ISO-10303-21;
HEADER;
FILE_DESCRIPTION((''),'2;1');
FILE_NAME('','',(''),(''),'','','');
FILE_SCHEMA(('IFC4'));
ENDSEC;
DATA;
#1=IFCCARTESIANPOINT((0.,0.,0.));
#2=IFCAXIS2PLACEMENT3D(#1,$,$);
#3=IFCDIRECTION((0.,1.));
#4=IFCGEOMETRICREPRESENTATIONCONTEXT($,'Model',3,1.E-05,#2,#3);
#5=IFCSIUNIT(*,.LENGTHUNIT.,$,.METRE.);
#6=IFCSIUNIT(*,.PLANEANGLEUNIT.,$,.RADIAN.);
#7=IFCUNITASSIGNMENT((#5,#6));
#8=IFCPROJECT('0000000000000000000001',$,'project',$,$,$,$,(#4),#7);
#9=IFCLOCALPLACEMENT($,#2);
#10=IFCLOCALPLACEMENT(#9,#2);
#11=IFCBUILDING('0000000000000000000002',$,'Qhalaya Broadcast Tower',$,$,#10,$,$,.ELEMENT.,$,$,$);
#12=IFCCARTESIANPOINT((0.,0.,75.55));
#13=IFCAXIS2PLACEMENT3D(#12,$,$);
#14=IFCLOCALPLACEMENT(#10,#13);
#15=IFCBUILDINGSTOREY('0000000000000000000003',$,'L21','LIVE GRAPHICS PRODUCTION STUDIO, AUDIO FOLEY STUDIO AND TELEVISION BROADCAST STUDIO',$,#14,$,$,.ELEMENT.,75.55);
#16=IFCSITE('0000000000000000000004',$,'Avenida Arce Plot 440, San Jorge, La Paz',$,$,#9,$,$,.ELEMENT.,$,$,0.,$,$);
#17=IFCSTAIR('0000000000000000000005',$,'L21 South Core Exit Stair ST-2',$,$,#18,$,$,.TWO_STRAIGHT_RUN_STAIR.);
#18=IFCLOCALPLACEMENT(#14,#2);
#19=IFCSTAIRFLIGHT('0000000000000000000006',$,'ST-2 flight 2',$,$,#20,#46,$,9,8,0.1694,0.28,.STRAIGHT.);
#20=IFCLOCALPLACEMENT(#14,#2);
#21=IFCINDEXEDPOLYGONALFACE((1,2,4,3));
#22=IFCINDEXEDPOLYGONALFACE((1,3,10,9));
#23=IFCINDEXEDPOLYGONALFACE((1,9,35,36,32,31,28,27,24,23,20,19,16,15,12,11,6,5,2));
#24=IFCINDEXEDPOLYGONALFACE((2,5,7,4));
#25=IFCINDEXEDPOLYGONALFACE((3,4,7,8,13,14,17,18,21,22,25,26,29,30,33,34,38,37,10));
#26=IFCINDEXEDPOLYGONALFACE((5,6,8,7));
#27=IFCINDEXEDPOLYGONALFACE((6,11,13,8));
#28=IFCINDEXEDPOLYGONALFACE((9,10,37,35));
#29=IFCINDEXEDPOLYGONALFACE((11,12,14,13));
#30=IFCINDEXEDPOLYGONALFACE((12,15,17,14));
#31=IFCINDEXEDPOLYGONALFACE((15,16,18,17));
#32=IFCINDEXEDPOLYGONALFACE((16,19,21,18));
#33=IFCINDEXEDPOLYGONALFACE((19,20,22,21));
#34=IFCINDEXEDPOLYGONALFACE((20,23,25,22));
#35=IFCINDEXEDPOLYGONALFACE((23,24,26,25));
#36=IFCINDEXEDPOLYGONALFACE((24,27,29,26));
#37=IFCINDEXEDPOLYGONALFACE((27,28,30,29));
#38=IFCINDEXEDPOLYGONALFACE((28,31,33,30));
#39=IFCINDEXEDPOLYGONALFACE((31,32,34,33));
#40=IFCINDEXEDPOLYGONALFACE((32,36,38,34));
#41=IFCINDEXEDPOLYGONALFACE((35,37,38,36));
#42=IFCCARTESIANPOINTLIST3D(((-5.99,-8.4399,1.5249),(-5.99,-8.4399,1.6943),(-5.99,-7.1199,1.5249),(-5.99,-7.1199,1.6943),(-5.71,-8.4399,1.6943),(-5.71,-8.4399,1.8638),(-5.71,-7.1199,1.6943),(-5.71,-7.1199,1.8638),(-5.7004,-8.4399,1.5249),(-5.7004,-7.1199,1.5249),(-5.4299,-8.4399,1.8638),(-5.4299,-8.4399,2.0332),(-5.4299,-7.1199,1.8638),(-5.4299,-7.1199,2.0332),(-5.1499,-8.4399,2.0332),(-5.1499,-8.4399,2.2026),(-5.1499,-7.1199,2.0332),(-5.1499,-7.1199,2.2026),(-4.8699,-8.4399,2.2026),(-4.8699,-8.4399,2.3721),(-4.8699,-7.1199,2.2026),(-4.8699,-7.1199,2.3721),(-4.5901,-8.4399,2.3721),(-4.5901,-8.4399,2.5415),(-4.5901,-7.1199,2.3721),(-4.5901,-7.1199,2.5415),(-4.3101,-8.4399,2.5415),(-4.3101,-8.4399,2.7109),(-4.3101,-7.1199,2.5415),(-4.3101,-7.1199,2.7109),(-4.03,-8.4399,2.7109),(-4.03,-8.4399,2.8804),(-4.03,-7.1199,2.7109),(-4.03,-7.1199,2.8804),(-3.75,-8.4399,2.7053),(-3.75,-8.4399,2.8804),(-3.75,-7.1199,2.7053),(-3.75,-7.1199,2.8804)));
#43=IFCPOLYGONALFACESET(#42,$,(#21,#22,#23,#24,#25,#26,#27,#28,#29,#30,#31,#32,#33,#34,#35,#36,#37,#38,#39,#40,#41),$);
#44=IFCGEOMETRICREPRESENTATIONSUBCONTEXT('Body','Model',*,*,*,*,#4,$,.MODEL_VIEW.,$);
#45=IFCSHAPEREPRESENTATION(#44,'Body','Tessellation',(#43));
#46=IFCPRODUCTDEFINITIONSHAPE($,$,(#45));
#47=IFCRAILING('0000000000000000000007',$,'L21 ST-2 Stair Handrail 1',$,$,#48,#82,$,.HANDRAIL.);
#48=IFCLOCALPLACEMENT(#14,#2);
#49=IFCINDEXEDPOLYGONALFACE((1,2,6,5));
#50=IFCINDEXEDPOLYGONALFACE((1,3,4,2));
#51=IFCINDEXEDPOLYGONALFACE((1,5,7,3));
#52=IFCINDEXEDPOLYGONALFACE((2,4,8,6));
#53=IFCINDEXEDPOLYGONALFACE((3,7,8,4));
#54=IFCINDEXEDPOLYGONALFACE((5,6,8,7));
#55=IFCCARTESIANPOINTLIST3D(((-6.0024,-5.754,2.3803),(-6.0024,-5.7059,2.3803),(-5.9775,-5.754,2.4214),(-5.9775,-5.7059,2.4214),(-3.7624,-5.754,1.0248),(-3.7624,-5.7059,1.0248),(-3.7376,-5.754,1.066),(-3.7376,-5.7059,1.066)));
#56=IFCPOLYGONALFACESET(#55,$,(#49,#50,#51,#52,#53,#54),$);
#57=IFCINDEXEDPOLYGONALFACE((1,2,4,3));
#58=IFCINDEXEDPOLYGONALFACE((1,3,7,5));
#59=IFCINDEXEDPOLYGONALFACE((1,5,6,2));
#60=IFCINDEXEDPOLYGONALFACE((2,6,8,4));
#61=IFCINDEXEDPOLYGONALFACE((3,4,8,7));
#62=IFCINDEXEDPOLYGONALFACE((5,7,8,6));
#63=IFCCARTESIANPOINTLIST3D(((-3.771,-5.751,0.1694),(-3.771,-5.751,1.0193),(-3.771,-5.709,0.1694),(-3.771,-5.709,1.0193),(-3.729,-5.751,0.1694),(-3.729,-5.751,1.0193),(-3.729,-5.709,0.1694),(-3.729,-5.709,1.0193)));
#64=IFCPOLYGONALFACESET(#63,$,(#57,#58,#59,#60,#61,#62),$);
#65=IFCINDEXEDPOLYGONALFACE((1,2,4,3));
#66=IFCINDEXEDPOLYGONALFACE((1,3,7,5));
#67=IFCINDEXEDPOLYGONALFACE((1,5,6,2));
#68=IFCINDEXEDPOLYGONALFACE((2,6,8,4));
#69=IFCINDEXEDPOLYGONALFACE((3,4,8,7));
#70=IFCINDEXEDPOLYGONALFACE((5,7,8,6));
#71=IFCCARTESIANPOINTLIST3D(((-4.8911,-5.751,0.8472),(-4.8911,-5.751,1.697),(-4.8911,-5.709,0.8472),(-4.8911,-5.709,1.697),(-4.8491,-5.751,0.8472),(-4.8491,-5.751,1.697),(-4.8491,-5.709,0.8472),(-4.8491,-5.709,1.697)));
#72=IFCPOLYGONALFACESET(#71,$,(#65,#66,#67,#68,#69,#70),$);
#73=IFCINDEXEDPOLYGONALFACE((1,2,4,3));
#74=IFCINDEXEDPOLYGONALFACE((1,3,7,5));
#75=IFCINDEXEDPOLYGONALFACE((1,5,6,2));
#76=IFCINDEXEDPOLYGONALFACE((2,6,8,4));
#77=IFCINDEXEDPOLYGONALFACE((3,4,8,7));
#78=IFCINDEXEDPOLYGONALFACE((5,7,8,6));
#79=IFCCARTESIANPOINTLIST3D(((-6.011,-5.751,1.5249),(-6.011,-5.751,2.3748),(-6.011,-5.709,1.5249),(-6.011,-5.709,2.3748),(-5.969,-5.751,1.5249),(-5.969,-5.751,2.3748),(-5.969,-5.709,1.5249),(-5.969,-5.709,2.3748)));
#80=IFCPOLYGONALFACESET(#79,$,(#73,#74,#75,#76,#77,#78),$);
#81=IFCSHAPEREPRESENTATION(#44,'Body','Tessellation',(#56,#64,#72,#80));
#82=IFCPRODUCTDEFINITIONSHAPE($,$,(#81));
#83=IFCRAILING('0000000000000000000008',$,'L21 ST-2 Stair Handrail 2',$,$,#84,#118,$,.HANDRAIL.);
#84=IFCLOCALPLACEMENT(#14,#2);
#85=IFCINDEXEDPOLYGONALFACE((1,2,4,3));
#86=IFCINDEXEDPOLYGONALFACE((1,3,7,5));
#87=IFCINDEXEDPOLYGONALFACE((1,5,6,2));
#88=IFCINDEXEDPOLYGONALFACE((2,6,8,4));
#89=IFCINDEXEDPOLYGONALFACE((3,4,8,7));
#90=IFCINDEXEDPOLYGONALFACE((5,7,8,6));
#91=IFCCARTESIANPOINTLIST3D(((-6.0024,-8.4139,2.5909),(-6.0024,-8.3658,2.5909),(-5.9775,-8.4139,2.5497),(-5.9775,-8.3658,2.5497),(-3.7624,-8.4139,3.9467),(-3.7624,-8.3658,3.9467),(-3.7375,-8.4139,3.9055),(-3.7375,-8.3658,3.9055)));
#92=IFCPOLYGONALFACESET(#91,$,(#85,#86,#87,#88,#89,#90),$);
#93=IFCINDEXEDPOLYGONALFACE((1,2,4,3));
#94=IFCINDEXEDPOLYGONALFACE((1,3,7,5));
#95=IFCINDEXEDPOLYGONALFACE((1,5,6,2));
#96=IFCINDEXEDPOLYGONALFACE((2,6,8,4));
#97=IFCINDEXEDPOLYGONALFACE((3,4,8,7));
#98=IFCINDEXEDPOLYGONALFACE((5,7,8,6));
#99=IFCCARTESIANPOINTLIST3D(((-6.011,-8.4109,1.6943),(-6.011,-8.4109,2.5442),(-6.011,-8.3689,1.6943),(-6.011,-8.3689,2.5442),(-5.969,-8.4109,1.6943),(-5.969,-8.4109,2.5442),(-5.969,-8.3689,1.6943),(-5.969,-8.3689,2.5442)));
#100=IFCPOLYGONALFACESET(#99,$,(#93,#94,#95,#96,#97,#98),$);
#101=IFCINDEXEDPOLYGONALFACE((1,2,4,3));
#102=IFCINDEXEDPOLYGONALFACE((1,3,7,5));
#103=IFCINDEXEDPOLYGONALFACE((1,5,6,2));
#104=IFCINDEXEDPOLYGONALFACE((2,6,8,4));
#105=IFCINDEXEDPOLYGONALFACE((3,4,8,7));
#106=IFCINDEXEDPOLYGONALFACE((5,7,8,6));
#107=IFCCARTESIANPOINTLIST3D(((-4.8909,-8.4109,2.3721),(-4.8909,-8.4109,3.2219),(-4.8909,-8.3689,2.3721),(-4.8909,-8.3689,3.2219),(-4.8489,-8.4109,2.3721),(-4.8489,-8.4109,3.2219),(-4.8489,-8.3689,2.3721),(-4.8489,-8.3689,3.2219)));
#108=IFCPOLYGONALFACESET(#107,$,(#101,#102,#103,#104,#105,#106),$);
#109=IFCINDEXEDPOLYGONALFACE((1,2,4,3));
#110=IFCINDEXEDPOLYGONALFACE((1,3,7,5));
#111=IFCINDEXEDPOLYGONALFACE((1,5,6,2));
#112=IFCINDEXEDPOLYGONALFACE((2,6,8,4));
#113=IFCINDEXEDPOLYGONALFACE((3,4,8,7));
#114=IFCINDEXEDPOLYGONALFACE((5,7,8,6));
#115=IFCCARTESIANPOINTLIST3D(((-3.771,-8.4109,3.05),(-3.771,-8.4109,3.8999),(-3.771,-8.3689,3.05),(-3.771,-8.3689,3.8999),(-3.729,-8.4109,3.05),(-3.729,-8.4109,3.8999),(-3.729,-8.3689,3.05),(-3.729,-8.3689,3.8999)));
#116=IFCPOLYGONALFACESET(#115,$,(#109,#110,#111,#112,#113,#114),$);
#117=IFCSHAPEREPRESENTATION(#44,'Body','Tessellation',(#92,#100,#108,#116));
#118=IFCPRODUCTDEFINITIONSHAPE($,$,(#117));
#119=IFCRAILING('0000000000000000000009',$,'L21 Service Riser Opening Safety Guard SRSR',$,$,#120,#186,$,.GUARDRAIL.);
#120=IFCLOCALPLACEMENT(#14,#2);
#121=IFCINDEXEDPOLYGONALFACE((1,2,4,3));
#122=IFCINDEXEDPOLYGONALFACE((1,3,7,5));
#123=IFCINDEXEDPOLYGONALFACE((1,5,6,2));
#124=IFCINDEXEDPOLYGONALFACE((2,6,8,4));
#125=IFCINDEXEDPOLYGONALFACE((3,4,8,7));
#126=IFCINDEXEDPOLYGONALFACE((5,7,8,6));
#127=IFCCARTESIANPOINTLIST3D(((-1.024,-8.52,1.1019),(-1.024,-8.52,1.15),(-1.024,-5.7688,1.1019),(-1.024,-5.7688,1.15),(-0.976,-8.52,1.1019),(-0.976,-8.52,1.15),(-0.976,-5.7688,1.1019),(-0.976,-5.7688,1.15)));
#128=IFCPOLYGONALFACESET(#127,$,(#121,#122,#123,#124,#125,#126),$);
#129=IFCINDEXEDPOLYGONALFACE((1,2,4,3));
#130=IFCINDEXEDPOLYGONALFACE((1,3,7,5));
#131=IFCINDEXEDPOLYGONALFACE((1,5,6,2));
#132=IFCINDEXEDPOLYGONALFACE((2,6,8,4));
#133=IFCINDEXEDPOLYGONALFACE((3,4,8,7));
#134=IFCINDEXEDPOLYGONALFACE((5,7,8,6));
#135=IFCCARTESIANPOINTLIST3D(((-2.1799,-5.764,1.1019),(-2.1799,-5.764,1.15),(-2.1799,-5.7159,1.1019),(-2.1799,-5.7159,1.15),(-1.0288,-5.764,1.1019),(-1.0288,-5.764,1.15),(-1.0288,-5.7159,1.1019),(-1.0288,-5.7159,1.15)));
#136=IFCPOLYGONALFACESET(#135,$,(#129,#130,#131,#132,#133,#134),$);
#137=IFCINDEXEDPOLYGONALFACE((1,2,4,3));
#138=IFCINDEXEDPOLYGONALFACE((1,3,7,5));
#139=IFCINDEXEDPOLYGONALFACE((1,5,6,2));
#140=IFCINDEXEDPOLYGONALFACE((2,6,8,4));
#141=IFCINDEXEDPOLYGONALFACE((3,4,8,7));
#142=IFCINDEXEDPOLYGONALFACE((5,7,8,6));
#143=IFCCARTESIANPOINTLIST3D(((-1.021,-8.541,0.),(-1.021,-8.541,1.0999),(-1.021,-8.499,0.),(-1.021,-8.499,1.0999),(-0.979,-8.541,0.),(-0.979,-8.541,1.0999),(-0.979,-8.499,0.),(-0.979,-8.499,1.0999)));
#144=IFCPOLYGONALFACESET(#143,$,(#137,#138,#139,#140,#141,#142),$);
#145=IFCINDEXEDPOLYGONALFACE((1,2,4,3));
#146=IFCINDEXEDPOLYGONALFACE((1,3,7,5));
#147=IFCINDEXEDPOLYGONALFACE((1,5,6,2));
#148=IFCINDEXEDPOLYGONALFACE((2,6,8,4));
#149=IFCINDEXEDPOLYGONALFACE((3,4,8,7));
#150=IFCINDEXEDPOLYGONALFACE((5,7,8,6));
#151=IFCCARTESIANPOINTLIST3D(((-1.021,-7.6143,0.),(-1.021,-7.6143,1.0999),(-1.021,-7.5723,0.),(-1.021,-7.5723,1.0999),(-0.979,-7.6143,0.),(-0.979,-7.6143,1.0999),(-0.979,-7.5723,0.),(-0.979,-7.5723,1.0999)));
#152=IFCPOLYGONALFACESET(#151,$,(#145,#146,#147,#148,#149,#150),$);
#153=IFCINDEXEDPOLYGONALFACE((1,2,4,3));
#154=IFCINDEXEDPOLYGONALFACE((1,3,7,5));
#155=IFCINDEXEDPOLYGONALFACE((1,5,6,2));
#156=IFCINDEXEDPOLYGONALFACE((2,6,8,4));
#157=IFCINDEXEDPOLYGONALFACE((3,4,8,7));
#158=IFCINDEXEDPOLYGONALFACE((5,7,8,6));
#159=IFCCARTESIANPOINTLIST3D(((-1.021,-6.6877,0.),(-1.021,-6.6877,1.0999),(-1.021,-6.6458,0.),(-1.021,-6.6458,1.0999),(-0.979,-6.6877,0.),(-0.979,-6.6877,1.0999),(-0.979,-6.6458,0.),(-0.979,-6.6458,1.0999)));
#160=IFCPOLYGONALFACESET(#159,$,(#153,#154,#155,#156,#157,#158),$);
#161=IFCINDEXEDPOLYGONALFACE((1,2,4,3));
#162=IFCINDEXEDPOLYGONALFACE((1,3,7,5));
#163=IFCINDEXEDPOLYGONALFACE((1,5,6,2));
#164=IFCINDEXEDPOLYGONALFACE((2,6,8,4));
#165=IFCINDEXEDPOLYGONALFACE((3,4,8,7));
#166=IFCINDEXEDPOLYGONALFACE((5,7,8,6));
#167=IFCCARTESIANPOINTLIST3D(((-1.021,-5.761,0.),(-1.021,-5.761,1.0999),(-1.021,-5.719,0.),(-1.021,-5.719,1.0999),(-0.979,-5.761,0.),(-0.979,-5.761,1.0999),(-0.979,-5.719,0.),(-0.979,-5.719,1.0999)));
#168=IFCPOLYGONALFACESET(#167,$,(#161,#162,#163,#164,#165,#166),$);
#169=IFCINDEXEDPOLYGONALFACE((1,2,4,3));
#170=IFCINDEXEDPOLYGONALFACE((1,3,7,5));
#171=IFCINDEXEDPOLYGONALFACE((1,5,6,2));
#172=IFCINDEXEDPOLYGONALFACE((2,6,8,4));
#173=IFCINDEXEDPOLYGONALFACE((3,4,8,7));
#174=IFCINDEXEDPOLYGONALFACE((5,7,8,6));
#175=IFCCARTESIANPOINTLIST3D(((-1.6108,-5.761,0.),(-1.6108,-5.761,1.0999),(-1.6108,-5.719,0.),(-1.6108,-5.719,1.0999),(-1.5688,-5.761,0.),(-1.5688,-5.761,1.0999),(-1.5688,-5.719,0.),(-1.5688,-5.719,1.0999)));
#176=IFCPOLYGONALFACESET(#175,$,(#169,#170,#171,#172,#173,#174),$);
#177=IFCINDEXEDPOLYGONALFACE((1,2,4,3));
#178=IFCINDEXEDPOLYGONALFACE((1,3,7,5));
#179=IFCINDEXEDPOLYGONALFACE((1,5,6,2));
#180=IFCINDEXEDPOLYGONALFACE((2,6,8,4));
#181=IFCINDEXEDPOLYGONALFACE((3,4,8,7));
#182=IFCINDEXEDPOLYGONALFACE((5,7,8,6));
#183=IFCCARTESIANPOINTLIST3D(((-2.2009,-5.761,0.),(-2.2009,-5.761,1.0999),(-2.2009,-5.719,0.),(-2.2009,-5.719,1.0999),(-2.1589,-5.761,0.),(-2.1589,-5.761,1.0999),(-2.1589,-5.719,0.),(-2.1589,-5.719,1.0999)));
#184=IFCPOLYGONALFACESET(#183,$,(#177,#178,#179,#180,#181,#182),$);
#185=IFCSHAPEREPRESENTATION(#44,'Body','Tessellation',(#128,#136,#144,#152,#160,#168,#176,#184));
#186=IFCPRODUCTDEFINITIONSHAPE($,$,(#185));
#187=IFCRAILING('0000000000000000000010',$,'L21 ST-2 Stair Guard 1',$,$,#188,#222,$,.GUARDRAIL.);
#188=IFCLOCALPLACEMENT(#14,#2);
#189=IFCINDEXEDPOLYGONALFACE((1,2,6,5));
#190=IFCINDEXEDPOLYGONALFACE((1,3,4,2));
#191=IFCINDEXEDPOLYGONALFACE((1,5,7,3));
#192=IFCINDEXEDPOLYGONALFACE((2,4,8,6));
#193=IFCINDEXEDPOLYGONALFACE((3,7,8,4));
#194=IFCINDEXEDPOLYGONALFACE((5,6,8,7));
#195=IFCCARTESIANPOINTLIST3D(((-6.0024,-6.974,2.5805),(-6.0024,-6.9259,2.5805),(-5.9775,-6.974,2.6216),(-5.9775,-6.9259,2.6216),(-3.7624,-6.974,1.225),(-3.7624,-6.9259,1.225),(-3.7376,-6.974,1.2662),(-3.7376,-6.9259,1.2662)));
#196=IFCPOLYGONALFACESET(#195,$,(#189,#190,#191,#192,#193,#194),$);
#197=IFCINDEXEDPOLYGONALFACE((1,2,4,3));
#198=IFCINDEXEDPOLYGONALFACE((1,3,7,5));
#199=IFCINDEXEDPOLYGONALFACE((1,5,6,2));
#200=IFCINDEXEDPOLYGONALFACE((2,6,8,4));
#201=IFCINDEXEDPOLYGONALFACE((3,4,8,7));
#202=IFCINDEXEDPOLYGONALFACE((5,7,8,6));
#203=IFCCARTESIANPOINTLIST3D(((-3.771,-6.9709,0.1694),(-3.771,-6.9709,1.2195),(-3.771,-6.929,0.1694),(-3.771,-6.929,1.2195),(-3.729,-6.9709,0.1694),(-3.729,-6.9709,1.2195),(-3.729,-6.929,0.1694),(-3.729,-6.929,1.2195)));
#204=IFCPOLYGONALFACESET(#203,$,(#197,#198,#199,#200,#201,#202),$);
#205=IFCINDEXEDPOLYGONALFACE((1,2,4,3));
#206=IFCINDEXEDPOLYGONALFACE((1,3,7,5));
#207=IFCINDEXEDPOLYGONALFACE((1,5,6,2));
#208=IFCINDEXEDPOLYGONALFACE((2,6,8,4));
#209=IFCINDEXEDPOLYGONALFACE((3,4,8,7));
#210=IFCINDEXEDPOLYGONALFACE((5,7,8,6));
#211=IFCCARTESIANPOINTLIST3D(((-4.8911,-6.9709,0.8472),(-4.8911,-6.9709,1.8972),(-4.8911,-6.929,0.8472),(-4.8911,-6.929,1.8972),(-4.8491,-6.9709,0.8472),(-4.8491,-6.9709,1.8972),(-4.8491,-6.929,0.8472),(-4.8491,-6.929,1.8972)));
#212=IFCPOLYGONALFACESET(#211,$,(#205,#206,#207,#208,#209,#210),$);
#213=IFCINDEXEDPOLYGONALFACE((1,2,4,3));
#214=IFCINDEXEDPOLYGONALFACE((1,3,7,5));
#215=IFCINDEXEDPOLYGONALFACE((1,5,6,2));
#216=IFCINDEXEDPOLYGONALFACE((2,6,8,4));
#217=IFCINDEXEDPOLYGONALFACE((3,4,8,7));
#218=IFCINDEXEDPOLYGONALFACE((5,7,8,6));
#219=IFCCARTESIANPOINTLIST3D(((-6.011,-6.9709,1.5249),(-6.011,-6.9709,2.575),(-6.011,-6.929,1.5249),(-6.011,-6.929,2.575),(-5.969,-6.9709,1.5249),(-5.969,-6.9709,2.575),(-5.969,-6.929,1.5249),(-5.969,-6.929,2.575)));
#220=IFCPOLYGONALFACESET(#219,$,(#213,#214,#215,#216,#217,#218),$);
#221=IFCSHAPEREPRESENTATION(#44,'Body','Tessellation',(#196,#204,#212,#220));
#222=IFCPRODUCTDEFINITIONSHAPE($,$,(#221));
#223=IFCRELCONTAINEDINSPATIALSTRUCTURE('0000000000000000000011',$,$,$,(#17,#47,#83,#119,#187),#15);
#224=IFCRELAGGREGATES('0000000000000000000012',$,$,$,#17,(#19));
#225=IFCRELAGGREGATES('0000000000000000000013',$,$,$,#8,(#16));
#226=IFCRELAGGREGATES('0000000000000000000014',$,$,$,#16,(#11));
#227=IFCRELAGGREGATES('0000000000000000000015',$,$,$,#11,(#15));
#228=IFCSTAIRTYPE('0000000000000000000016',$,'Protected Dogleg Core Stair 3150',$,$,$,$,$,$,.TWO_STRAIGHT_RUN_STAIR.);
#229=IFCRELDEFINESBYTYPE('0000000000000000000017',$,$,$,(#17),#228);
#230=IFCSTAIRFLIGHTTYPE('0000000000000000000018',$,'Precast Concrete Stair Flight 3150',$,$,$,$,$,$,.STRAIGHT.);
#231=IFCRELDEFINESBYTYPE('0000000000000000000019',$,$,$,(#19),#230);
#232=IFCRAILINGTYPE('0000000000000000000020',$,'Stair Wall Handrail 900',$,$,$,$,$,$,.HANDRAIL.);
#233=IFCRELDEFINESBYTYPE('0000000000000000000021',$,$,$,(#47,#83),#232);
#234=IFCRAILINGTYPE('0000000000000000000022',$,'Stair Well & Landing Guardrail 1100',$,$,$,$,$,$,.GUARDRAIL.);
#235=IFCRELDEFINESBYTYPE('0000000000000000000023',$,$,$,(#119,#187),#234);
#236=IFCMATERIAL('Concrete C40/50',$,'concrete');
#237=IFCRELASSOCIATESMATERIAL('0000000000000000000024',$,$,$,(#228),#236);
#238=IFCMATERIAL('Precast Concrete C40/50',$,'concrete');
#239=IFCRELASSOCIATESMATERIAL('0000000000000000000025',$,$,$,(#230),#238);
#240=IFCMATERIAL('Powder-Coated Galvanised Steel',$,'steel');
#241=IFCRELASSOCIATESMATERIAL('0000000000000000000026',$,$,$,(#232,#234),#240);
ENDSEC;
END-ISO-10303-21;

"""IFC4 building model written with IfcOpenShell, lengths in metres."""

from ifc_helpers import new_model, si_unit, direction, frame, origin, origin_2d, place, context, subcontext, project, spatial, polyline, rectangle, outline, extrude, material, type_object, element, aggregate, save


model = new_model("IFC4")

# Units and contexts
model_context = context("Model", 3, precision=1e-05, world=origin(), true_north=direction((0.0, 1.0)))
body_context = subcontext(model_context, "Body", "Model", "MODEL_VIEW")
ifc_project = project(units=[si_unit("LENGTHUNIT", "METRE"), si_unit("PLANEANGLEUNIT", "RADIAN")], contexts=[model_context])

# Site, building, storey
site_placement = place(None, origin())
site = spatial("IfcSite", under=ifc_project, at=site_placement, Name="Avenida Arce Plot 440, San Jorge, La Paz", CompositionType="ELEMENT", RefElevation=0.0)
building_placement = place(site_placement, origin())
building = spatial("IfcBuilding", under=site, at=building_placement, Name="Qhalaya Broadcast Tower", CompositionType="ELEMENT")
storey_placement = place(building_placement, frame((0.0, 0.0, 75.55)))
storey = spatial("IfcBuildingStorey", under=building, at=storey_placement, Name="L21", Description="LIVE GRAPHICS PRODUCTION STUDIO, AUDIO FOLEY STUDIO AND TELEVISION BROADCAST STUDIO", CompositionType="ELEMENT", Elevation=75.55)

# Shared definitions
ifc_material_1 = material(Name="Concrete C40/50", Category="concrete")

# Stair, stair flight
stair_type = type_object("IfcStairType", Name="Protected Dogleg Core Stair 3150", PredefinedType="TWO_STRAIGHT_RUN_STAIR", material=ifc_material_1)
stair_placement = place(storey_placement, origin())
stair = element("IfcStair", 1, at=stair_placement, inside=storey, type_object=stair_type, Name="L21 South Core Exit Stair ST-2", PredefinedType="TWO_STRAIGHT_RUN_STAIR")
ifc_material_2 = material(Name="Precast Concrete C40/50", Category="concrete")
stair_flight_type = type_object("IfcStairFlightType", Name="Precast Concrete Stair Flight 3150", PredefinedType="STRAIGHT", material=ifc_material_2)
stair_flight_1_placement = place(storey_placement, frame((-5.99, -7.78, 1.5249), z_axis=(0.0, 0.0, 1.0), x_axis=(1.0, 0.0, 0.0)))
stair_flight_1 = element("IfcStairFlight", 2, at=stair_flight_1_placement, type_object=stair_flight_type, Name="ST-2 flight 2", NumberOfRisers=9, NumberOfTreads=8, PredefinedType="STRAIGHT", RiserHeight=0.1694, TreadLength=0.28, context=body_context, shape_type="SweptSolid", body=[
    extrude(outline(polyline([(0.0, 0.0), (0.0, 0.1694), (0.28, 0.1694), (0.28, 0.3389), (0.5601, 0.3389), (0.5601, 0.5083), (0.8401, 0.5083), (0.8401, 0.6777), (1.1201, 0.6777), (1.1201, 0.8472), (1.3999, 0.8472), (1.3999, 1.0166), (1.6799, 1.0166), (1.6799, 1.186), (1.96, 1.186), (1.96, 1.3555), (2.24, 1.3555), (2.24, 1.5249), (2.24, 1.1804), (0.2896, 0.0), (0.0, 0.0)])), frame((0.0, 0.6602, 0.0), z_axis=(0.0, -1.0, 0.0), x_axis=(1.0, 0.0, 0.0)), (0.0, 0.0, 1.0), 1.3201),
])
aggregate(stair, [stair_flight_1])

# Railings
ifc_material_3 = material(Name="Powder-Coated Galvanised Steel", Category="steel")
railing_type_1 = type_object("IfcRailingType", Name="Stair Wall Handrail 900", PredefinedType="HANDRAIL", material=ifc_material_3)
railing_1_placement = place(storey_placement, frame((-3.75, -5.73, 0.1694)))
element("IfcRailing", 3, at=railing_1_placement, inside=storey, type_object=railing_type_1, Name="L21 ST-2 Stair Handrail 1", PredefinedType="HANDRAIL", context=body_context, shape_type="SweptSolid", body=[
    extrude(rectangle(XDim=0.0481, YDim=0.0481, at=origin_2d()), frame((0.0, 0.0, 0.876), z_axis=(-0.855553, 0.0, 0.517715), x_axis=(0.0, -1.0, 0.0)), (0.0, 0.0, 1.0), 2.6182),
    extrude(rectangle(XDim=0.042, YDim=0.042, at=origin_2d()), origin(), (0.0, 0.0, 1.0), 0.8499),
    extrude(rectangle(XDim=0.042, YDim=0.042, at=origin_2d()), frame((-1.1201, 0.0, 0.6777)), (0.0, 0.0, 1.0), 0.8499),
    extrude(rectangle(XDim=0.042, YDim=0.042, at=origin_2d()), frame((-2.24, 0.0, 1.3555)), (0.0, 0.0, 1.0), 0.8499),
])
railing_2_placement = place(storey_placement, frame((-5.99, -8.3899, 1.6943)))
element("IfcRailing", 4, at=railing_2_placement, inside=storey, type_object=railing_type_1, Name="L21 ST-2 Stair Handrail 2", PredefinedType="HANDRAIL", context=body_context, shape_type="SweptSolid", body=[
    extrude(rectangle(XDim=0.0481, YDim=0.0481, at=origin_2d()), frame((0.0, 0.0, 0.876), z_axis=(0.855512, 0.0, 0.517783), x_axis=(0.0, 1.0, 0.0)), (0.0, 0.0, 1.0), 2.6184),
    extrude(rectangle(XDim=0.042, YDim=0.042, at=origin_2d()), origin(), (0.0, 0.0, 1.0), 0.8499),
    extrude(rectangle(XDim=0.042, YDim=0.042, at=origin_2d()), frame((1.1201, 0.0, 0.6777)), (0.0, 0.0, 1.0), 0.8499),
    extrude(rectangle(XDim=0.042, YDim=0.042, at=origin_2d()), frame((2.24, 0.0, 1.3557)), (0.0, 0.0, 1.0), 0.8499),
])
railing_type_2 = type_object("IfcRailingType", Name="Stair Well & Landing Guardrail 1100", PredefinedType="GUARDRAIL", material=ifc_material_3)
railing_3_placement = place(storey_placement, frame((-1.0, -8.52, 0.0)))
element("IfcRailing", 5, at=railing_3_placement, inside=storey, type_object=railing_type_2, Name="L21 Service Riser Opening Safety Guard SRSR", PredefinedType="GUARDRAIL", context=body_context, shape_type="SweptSolid", body=[
    extrude(rectangle(XDim=0.0481, YDim=0.0481, at=origin_2d()), frame((0.0, 0.0, 1.126), z_axis=(0.0, 1.0, 0.0), x_axis=(-1.0, 0.0, 0.0)), (0.0, 0.0, 1.0), 2.7512),
    extrude(rectangle(XDim=0.0481, YDim=0.0481, at=origin_2d()), frame((-0.0288, 2.78, 1.126), z_axis=(-1.0, 0.0, 0.0), x_axis=(0.0, -1.0, 0.0)), (0.0, 0.0, 1.0), 1.1511),
    extrude(rectangle(XDim=0.042, YDim=0.042, at=origin_2d()), origin(), (0.0, 0.0, 1.0), 1.0999),
    extrude(rectangle(XDim=0.042, YDim=0.042, at=origin_2d()), frame((0.0, 0.9268, 0.0)), (0.0, 0.0, 1.0), 1.0999),
    extrude(rectangle(XDim=0.042, YDim=0.042, at=origin_2d()), frame((0.0, 1.8533, 0.0)), (0.0, 0.0, 1.0), 1.0999),
    extrude(rectangle(XDim=0.042, YDim=0.042, at=origin_2d()), frame((0.0, 2.78, 0.0)), (0.0, 0.0, 1.0), 1.0999),
    extrude(rectangle(XDim=0.042, YDim=0.042, at=origin_2d()), frame((-0.5898, 2.78, 0.0)), (0.0, 0.0, 1.0), 1.0999),
    extrude(rectangle(XDim=0.042, YDim=0.042, at=origin_2d()), frame((-1.1799, 2.78, 0.0)), (0.0, 0.0, 1.0), 1.0999),
])
railing_4_placement = place(storey_placement, frame((-3.75, -6.95, 0.1694)))
element("IfcRailing", 6, at=railing_4_placement, inside=storey, type_object=railing_type_2, Name="L21 ST-2 Stair Guard 1", PredefinedType="GUARDRAIL", context=body_context, shape_type="SweptSolid", body=[
    extrude(rectangle(XDim=0.0481, YDim=0.0481, at=origin_2d()), frame((0.0, 0.0, 1.0762), z_axis=(-0.855553, 0.0, 0.517715), x_axis=(0.0, -1.0, 0.0)), (0.0, 0.0, 1.0), 2.6182),
    extrude(rectangle(XDim=0.042, YDim=0.042, at=origin_2d()), origin(), (0.0, 0.0, 1.0), 1.05),
    extrude(rectangle(XDim=0.042, YDim=0.042, at=origin_2d()), frame((-1.1201, 0.0, 0.6777)), (0.0, 0.0, 1.0), 1.05),
    extrude(rectangle(XDim=0.042, YDim=0.042, at=origin_2d()), frame((-2.24, 0.0, 1.3555)), (0.0, 0.0, 1.0), 1.05),
])

save(model, "model.ifc")
